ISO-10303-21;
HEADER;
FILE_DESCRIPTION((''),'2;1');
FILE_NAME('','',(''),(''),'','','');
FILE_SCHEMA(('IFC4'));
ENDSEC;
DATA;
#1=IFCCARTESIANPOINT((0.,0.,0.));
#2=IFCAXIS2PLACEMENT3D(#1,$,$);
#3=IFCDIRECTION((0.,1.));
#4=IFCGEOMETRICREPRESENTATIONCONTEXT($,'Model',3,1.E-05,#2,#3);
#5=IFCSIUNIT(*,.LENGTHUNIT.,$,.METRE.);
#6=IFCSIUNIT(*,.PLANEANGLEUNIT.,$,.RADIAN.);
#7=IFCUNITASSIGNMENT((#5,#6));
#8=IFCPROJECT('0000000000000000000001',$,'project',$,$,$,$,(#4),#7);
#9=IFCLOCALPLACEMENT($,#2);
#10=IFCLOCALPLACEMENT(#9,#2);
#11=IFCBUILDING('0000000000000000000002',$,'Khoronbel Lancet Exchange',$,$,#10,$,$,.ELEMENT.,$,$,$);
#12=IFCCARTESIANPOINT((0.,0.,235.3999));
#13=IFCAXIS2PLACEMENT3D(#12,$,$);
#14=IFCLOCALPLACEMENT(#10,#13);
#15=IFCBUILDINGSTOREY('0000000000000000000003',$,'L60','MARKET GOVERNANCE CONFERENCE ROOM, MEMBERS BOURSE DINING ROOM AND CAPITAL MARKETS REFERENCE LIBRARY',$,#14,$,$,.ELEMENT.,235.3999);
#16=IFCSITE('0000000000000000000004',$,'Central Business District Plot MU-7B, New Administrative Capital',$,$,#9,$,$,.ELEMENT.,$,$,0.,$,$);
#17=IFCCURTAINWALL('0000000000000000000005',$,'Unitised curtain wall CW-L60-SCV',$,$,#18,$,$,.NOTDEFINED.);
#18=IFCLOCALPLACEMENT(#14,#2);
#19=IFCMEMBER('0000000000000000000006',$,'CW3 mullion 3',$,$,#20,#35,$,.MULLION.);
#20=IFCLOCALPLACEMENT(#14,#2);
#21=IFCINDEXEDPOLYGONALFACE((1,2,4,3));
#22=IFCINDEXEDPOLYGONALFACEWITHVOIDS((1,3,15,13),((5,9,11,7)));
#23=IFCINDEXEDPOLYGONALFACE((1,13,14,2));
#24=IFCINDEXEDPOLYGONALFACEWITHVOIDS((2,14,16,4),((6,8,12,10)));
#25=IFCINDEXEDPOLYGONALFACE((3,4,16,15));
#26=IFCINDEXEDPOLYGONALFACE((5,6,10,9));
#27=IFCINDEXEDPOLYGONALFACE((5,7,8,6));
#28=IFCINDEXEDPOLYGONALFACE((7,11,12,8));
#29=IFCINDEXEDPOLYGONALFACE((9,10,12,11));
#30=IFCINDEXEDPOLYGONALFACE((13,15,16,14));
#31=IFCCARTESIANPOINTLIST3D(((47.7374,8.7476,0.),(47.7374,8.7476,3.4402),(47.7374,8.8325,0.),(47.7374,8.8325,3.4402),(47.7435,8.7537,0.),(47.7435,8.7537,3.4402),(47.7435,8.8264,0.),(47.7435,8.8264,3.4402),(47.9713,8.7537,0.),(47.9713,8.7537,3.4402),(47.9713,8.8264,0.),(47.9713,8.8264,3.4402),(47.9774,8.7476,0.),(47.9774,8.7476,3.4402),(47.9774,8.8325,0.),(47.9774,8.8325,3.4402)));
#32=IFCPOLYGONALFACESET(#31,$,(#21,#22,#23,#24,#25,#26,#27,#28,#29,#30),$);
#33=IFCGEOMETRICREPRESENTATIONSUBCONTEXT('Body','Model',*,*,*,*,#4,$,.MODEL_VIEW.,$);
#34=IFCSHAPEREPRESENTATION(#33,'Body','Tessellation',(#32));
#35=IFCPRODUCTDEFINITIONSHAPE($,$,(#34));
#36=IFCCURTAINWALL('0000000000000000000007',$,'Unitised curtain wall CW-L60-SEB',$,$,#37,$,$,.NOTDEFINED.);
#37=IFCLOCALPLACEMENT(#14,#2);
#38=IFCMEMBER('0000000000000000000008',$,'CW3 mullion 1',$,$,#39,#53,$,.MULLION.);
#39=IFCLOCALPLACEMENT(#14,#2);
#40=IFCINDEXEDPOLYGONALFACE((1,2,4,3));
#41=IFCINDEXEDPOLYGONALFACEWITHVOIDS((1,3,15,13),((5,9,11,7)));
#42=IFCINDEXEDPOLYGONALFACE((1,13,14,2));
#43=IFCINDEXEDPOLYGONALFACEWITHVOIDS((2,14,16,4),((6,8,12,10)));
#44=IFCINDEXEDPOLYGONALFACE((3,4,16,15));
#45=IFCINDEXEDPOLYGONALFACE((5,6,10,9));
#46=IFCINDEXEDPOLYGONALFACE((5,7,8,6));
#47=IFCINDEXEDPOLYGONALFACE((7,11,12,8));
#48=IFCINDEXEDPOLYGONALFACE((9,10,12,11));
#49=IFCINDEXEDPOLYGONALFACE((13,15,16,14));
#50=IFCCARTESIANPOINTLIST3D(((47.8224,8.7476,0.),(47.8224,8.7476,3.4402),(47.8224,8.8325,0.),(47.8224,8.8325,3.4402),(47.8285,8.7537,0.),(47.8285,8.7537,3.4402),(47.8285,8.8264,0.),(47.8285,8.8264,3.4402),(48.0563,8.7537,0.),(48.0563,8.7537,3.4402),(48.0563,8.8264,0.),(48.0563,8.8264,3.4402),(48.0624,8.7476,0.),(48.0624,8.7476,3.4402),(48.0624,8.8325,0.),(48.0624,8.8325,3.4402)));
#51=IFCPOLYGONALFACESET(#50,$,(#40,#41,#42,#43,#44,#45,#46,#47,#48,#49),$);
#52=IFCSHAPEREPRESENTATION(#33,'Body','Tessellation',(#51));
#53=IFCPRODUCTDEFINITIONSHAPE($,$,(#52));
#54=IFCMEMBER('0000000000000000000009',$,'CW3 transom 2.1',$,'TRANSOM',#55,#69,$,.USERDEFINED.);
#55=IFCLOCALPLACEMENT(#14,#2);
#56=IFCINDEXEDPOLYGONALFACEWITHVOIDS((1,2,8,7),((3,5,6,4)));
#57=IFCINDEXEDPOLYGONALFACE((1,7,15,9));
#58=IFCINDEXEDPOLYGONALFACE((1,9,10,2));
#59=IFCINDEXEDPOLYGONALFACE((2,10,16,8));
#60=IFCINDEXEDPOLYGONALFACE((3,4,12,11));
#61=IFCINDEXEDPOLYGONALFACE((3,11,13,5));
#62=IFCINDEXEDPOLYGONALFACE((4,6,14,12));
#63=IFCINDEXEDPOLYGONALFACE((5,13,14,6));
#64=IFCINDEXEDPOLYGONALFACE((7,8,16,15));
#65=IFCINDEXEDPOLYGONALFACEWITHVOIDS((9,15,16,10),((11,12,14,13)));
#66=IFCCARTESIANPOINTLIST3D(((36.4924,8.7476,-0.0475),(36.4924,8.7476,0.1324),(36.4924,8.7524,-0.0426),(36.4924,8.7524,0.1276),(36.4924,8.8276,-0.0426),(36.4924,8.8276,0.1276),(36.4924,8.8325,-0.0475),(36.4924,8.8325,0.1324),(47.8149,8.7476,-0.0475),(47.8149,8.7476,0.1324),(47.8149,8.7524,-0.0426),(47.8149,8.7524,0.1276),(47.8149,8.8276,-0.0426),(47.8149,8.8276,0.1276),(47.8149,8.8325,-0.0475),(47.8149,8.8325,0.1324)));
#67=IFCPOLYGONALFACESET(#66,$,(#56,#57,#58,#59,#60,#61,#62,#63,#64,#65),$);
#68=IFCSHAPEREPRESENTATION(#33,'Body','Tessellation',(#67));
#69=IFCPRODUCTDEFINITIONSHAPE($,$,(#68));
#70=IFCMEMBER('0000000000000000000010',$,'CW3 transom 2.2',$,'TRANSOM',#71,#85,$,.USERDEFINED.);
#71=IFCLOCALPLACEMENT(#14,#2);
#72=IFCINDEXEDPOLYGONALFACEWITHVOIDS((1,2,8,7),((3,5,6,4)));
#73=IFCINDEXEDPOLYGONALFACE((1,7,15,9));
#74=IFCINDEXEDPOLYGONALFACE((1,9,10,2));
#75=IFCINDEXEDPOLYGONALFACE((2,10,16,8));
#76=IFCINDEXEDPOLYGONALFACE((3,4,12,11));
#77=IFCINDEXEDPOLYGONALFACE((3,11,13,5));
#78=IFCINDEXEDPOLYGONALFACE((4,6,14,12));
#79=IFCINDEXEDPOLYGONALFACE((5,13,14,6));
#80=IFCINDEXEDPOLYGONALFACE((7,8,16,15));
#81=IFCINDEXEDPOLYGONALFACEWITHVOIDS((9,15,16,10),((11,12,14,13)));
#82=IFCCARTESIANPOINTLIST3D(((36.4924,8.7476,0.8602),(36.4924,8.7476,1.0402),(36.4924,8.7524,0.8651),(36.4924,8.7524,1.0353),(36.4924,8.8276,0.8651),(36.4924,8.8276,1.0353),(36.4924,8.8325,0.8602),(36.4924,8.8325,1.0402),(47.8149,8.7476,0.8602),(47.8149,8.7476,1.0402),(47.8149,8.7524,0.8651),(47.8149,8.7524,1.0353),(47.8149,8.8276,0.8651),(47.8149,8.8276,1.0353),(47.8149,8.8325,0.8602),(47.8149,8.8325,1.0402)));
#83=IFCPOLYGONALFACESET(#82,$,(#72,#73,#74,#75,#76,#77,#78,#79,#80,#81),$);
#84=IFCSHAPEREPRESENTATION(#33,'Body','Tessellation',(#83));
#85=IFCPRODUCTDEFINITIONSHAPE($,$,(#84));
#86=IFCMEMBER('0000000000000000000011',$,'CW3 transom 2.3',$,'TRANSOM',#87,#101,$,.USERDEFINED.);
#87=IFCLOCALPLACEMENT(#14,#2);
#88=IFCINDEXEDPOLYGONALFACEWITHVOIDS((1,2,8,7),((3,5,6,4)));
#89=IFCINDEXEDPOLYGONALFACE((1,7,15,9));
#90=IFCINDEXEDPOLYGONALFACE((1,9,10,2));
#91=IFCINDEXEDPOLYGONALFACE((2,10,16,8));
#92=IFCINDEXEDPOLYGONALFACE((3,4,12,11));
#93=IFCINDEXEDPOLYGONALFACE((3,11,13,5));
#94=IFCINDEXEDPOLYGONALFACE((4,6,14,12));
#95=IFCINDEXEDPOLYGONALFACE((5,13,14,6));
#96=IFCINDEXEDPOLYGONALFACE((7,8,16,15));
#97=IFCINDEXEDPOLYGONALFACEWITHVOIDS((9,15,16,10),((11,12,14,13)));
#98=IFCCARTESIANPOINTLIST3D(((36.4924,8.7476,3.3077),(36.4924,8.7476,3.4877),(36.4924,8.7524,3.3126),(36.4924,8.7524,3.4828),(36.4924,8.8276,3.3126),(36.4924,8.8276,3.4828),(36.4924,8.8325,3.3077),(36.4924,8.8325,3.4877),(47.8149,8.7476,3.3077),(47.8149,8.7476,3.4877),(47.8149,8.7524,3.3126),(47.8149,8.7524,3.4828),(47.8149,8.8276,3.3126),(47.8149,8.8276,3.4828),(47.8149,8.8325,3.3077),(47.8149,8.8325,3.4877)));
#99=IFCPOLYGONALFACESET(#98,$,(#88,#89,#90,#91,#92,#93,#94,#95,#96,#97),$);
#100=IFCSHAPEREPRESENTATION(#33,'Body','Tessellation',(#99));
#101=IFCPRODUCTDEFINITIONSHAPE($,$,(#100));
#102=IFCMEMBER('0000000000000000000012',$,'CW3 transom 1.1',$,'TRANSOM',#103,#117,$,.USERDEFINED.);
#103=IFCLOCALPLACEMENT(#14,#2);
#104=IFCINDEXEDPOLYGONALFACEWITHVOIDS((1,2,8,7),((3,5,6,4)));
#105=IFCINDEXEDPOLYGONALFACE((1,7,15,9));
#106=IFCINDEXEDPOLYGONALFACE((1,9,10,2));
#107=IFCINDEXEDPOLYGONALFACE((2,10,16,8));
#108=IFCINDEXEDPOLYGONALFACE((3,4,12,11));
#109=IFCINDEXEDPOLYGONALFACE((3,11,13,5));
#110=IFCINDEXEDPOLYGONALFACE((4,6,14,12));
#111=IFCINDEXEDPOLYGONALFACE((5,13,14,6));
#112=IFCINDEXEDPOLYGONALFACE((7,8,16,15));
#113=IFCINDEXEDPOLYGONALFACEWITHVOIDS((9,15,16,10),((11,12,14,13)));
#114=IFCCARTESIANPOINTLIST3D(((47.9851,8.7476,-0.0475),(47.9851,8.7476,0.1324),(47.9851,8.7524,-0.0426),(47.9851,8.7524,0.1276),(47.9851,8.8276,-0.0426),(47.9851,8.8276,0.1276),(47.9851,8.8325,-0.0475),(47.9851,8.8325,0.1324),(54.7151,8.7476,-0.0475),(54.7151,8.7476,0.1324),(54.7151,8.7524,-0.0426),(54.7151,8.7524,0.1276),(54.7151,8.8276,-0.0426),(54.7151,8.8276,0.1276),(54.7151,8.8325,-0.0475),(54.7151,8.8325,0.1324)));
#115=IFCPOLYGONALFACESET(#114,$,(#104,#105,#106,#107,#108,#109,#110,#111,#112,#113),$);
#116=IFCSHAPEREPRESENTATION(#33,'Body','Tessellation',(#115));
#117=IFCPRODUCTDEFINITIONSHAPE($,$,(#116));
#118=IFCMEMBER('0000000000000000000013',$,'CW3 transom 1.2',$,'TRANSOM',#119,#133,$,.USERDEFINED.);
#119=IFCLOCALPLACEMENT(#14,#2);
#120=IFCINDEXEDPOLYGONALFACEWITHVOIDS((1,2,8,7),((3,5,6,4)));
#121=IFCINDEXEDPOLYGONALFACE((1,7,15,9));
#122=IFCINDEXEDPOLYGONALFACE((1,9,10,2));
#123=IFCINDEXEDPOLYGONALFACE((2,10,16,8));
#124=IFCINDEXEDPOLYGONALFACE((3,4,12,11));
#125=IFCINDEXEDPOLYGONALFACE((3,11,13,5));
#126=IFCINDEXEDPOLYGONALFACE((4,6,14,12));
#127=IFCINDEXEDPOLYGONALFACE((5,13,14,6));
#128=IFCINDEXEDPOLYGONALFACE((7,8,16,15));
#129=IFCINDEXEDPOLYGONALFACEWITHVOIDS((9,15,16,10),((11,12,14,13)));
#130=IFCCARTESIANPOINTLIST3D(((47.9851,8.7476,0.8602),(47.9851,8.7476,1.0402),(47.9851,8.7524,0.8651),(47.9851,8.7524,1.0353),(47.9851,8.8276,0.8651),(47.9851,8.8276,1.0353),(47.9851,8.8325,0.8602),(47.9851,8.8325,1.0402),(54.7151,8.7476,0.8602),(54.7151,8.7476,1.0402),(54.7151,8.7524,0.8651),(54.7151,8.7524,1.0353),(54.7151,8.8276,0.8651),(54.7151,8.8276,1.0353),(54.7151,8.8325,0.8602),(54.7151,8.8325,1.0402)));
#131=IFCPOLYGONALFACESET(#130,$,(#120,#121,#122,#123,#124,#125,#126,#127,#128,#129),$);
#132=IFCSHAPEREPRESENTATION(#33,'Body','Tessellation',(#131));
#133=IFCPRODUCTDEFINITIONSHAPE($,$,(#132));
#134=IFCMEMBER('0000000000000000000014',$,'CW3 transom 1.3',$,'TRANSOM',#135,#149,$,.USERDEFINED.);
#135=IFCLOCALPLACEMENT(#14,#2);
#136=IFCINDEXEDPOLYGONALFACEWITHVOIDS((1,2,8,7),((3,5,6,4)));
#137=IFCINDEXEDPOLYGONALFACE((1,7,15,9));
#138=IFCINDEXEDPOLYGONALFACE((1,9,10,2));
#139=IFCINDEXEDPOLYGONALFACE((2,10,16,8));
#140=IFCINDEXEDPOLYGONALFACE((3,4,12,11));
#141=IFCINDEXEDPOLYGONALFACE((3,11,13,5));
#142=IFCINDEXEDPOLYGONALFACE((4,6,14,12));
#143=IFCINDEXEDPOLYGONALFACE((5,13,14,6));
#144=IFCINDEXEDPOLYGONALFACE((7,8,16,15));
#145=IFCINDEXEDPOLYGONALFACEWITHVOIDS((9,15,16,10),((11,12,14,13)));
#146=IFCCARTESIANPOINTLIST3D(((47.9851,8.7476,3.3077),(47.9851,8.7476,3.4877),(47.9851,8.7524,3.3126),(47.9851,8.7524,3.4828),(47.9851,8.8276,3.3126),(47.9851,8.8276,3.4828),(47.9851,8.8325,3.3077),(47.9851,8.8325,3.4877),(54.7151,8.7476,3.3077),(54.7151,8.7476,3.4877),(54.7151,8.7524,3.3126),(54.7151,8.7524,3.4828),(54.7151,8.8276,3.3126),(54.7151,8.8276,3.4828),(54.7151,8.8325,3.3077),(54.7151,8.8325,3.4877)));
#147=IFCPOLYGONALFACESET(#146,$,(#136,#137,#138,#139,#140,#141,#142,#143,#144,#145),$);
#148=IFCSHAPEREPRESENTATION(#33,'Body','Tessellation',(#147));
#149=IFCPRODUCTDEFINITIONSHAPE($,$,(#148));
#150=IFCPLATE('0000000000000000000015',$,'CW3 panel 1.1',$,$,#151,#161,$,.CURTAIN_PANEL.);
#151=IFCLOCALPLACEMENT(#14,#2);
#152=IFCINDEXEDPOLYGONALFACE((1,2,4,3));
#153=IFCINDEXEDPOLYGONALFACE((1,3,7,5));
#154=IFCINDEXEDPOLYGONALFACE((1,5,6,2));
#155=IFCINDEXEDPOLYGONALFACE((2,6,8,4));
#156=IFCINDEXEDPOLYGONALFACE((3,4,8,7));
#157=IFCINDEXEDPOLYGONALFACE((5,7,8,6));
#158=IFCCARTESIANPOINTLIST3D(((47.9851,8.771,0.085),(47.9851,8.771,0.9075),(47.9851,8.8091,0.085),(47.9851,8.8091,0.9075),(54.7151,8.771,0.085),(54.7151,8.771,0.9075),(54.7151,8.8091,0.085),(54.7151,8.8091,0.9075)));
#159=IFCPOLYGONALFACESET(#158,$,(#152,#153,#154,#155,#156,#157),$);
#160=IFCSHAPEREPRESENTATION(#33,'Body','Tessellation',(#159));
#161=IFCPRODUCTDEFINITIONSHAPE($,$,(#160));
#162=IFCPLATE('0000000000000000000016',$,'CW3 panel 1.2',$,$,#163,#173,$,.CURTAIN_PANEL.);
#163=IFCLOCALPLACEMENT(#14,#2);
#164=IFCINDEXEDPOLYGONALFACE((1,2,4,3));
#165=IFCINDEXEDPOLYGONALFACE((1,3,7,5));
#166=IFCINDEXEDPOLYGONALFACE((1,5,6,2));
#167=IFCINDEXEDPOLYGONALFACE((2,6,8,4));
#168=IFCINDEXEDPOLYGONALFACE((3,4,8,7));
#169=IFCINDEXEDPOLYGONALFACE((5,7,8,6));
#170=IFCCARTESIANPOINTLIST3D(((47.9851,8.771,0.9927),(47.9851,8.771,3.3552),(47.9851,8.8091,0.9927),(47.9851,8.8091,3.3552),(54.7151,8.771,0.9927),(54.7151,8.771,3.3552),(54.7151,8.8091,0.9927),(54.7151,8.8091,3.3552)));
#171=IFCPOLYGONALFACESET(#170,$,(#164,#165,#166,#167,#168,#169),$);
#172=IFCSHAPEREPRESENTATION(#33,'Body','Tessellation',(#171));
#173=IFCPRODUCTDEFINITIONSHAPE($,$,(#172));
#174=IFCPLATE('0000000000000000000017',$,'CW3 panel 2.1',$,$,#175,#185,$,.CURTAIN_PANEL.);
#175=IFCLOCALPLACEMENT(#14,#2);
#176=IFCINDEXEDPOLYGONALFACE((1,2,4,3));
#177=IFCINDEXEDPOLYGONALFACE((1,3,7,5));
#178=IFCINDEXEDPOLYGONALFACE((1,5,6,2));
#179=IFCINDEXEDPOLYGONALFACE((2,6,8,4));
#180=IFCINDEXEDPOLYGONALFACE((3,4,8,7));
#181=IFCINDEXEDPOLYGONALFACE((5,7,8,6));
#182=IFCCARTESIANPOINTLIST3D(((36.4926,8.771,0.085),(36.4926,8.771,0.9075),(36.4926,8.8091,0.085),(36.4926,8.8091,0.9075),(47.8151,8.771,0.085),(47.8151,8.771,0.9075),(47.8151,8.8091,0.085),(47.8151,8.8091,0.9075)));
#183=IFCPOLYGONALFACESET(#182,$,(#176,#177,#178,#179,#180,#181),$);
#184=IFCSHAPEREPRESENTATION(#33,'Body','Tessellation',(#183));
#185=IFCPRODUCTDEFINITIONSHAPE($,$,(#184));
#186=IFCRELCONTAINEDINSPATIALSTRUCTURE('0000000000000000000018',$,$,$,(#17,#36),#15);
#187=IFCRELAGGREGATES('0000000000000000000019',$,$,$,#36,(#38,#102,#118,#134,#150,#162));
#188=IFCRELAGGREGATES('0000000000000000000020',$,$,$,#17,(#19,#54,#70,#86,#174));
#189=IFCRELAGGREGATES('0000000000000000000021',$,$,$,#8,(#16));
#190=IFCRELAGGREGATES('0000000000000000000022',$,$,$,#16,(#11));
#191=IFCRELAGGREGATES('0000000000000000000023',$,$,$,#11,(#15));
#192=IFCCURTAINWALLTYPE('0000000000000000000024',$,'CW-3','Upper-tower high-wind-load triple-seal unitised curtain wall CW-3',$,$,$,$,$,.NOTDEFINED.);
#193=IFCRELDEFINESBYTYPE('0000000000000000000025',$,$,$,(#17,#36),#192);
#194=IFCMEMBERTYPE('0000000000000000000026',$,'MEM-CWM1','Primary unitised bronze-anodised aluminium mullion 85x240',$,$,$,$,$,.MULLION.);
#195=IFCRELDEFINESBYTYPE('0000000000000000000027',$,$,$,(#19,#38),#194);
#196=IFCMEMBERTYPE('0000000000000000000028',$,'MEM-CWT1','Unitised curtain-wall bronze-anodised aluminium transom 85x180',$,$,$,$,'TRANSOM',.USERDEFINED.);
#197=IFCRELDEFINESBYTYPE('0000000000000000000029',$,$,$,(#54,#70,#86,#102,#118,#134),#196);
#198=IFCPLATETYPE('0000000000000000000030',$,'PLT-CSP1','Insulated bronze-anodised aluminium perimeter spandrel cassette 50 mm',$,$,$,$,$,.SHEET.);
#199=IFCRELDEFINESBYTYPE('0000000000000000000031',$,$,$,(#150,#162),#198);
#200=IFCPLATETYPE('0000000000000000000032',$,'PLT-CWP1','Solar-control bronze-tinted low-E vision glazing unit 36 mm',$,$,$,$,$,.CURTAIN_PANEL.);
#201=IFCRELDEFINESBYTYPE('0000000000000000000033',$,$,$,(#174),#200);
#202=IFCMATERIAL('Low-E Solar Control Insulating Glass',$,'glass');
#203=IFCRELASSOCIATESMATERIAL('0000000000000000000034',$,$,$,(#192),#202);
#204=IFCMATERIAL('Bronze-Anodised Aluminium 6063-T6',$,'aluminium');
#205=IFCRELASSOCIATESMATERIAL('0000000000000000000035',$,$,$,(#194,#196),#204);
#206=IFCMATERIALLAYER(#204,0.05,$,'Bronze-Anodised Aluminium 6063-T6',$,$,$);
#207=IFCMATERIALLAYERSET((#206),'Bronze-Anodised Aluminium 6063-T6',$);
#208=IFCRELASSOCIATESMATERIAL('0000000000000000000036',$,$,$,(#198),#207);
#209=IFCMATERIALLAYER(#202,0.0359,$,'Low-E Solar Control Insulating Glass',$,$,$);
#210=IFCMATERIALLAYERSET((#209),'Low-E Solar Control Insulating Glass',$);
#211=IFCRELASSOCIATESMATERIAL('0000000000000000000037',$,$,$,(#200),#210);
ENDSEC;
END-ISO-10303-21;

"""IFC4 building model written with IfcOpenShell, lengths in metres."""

from ifc_helpers import new_model, si_unit, direction, frame, origin, origin_2d, place, context, subcontext, project, spatial, rectangle, hollow_rectangle, extrude, material, layer, layer_set, material_profile, profile_set, type_object, element, aggregate, save


model = new_model("IFC4")

# Units and contexts
model_context = context("Model", 3, precision=1e-05, world=origin(), true_north=direction((0.0, 1.0)))
body_context = subcontext(model_context, "Body", "Model", "MODEL_VIEW")
ifc_project = project(units=[si_unit("LENGTHUNIT", "METRE"), si_unit("PLANEANGLEUNIT", "RADIAN")], contexts=[model_context])

# Site, building, storey
site_placement = place(None, origin())
site = spatial("IfcSite", under=ifc_project, at=site_placement, Name="Central Business District Plot MU-7B, New Administrative Capital", CompositionType="ELEMENT", RefElevation=0.0)
building_placement = place(site_placement, origin())
building = spatial("IfcBuilding", under=site, at=building_placement, Name="Khoronbel Lancet Exchange", CompositionType="ELEMENT")
storey_placement = place(building_placement, frame((0.0, 0.0, 235.3999)))
storey = spatial("IfcBuildingStorey", under=building, at=storey_placement, Name="L60", Description="MARKET GOVERNANCE CONFERENCE ROOM, MEMBERS BOURSE DINING ROOM AND CAPITAL MARKETS REFERENCE LIBRARY", CompositionType="ELEMENT", Elevation=235.3999)

# Curtain wall, member
ifc_material_1 = material(Name="Low-E Solar Control Insulating Glass", Category="glass")
curtain_wall_type = type_object("IfcCurtainWallType", Name="CW-3", Description="Upper-tower high-wind-load triple-seal unitised curtain wall CW-3", PredefinedType="NOTDEFINED", material=ifc_material_1)
curtain_wall_1_placement = place(storey_placement, origin())
curtain_wall_1 = element("IfcCurtainWall", 1, at=curtain_wall_1_placement, inside=storey, type_object=curtain_wall_type, Name="Unitised curtain wall CW-L60-SCV", PredefinedType="NOTDEFINED")
ifc_material_2 = material(Name="Bronze-Anodised Aluminium 6063-T6", Category="aluminium")
ifc_material_profile_1 = material_profile(ifc_material_2, hollow_rectangle(XDim=0.085, YDim=0.24, WallThickness=0.0061, at=origin_2d()), Name="ALU MULLION 85x240")
ifc_profile_set_1 = profile_set([ifc_material_profile_1], Name="Bronze-Anodised Aluminium 6063-T6")
member_type_1 = type_object("IfcMemberType", Name="MEM-CWM1", Description="Primary unitised bronze-anodised aluminium mullion 85x240", PredefinedType="MULLION", material=ifc_profile_set_1)
member_1_placement = place(storey_placement, frame((47.8574, 8.79, 0.0), z_axis=(0.0, 0.0, 1.0), x_axis=(0.0, 1.0, 0.0)))
member_1 = element("IfcMember", 2, at=member_1_placement, type_object=member_type_1, Name="CW3 mullion 3", PredefinedType="MULLION", context=body_context, shape_type="SweptSolid", body=[
    extrude(hollow_rectangle(XDim=0.085, YDim=0.24, WallThickness=0.0061, at=origin_2d()), origin(), (0.0, 0.0, 1.0), 3.4402),
])

# Curtain wall, member
curtain_wall_2_placement = place(storey_placement, origin())
curtain_wall_2 = element("IfcCurtainWall", 3, at=curtain_wall_2_placement, inside=storey, type_object=curtain_wall_type, Name="Unitised curtain wall CW-L60-SEB", PredefinedType="NOTDEFINED")
member_2_placement = place(storey_placement, frame((47.9424, 8.79, 0.0), z_axis=(0.0, 0.0, 1.0), x_axis=(0.0, 1.0, 0.0)))
member_2 = element("IfcMember", 4, at=member_2_placement, type_object=member_type_1, Name="CW3 mullion 1", PredefinedType="MULLION", context=body_context, shape_type="SweptSolid", body=[
    extrude(hollow_rectangle(XDim=0.085, YDim=0.24, WallThickness=0.0061, at=origin_2d()), origin(), (0.0, 0.0, 1.0), 3.4402),
])

# Members
ifc_material_profile_2 = material_profile(ifc_material_2, hollow_rectangle(XDim=0.085, YDim=0.1799, WallThickness=0.0049, at=origin_2d()), Name="ALU TRANSOM 85x180")
ifc_profile_set_2 = profile_set([ifc_material_profile_2], Name="Bronze-Anodised Aluminium 6063-T6")
member_type_2 = type_object("IfcMemberType", Name="MEM-CWT1", Description="Unitised curtain-wall bronze-anodised aluminium transom 85x180", ElementType="TRANSOM", PredefinedType="USERDEFINED", material=ifc_profile_set_2)
member_3_placement = place(storey_placement, frame((36.4924, 8.79, 0.0425), z_axis=(1.0, 0.0, 0.0), x_axis=(0.0, 1.0, 0.0)))
member_3 = element("IfcMember", 5, at=member_3_placement, type_object=member_type_2, Name="CW3 transom 2.1", ObjectType="TRANSOM", PredefinedType="USERDEFINED", context=body_context, shape_type="SweptSolid", body=[
    extrude(hollow_rectangle(XDim=0.085, YDim=0.1799, WallThickness=0.0049, at=origin_2d()), origin(), (0.0, 0.0, 1.0), 11.3225),
])
member_4_placement = place(storey_placement, frame((36.4924, 8.79, 0.9502), z_axis=(1.0, 0.0, 0.0), x_axis=(0.0, 1.0, 0.0)))
member_4 = element("IfcMember", 6, at=member_4_placement, type_object=member_type_2, Name="CW3 transom 2.2", ObjectType="TRANSOM", PredefinedType="USERDEFINED", context=body_context, shape_type="SweptSolid", body=[
    extrude(hollow_rectangle(XDim=0.085, YDim=0.1799, WallThickness=0.0049, at=origin_2d()), origin(), (0.0, 0.0, 1.0), 11.3225),
])
member_5_placement = place(storey_placement, frame((36.4924, 8.79, 3.3977), z_axis=(1.0, 0.0, 0.0), x_axis=(0.0, 1.0, 0.0)))
member_5 = element("IfcMember", 7, at=member_5_placement, type_object=member_type_2, Name="CW3 transom 2.3", ObjectType="TRANSOM", PredefinedType="USERDEFINED", context=body_context, shape_type="SweptSolid", body=[
    extrude(hollow_rectangle(XDim=0.085, YDim=0.1799, WallThickness=0.0049, at=origin_2d()), origin(), (0.0, 0.0, 1.0), 11.3225),
])
member_6_placement = place(storey_placement, frame((47.9851, 8.79, 0.0425), z_axis=(1.0, 0.0, 0.0), x_axis=(0.0, 1.0, 0.0)))
member_6 = element("IfcMember", 8, at=member_6_placement, type_object=member_type_2, Name="CW3 transom 1.1", ObjectType="TRANSOM", PredefinedType="USERDEFINED", context=body_context, shape_type="SweptSolid", body=[
    extrude(hollow_rectangle(XDim=0.085, YDim=0.1799, WallThickness=0.0049, at=origin_2d()), origin(), (0.0, 0.0, 1.0), 6.73),
])
member_7_placement = place(storey_placement, frame((47.9851, 8.79, 0.9502), z_axis=(1.0, 0.0, 0.0), x_axis=(0.0, 1.0, 0.0)))
member_7 = element("IfcMember", 9, at=member_7_placement, type_object=member_type_2, Name="CW3 transom 1.2", ObjectType="TRANSOM", PredefinedType="USERDEFINED", context=body_context, shape_type="SweptSolid", body=[
    extrude(hollow_rectangle(XDim=0.085, YDim=0.1799, WallThickness=0.0049, at=origin_2d()), origin(), (0.0, 0.0, 1.0), 6.73),
])
member_8_placement = place(storey_placement, frame((47.9851, 8.79, 3.3977), z_axis=(1.0, 0.0, 0.0), x_axis=(0.0, 1.0, 0.0)))
member_8 = element("IfcMember", 10, at=member_8_placement, type_object=member_type_2, Name="CW3 transom 1.3", ObjectType="TRANSOM", PredefinedType="USERDEFINED", context=body_context, shape_type="SweptSolid", body=[
    extrude(hollow_rectangle(XDim=0.085, YDim=0.1799, WallThickness=0.0049, at=origin_2d()), origin(), (0.0, 0.0, 1.0), 6.73),
])

# Plates
ifc_layer_1 = layer(ifc_material_2, 0.05, Name="Bronze-Anodised Aluminium 6063-T6")
ifc_layer_set_1 = layer_set([ifc_layer_1], Name="Bronze-Anodised Aluminium 6063-T6")
plate_type_1 = type_object("IfcPlateType", Name="PLT-CSP1", Description="Insulated bronze-anodised aluminium perimeter spandrel cassette 50 mm", PredefinedType="SHEET", material=ifc_layer_set_1)
plate_1_placement = place(storey_placement, frame((51.3501, 8.79, 0.085), z_axis=(0.0, 0.0, 1.0), x_axis=(1.0, 0.0, 0.0)))
plate_1 = element("IfcPlate", 11, at=plate_1_placement, type_object=plate_type_1, Name="CW3 panel 1.1", PredefinedType="CURTAIN_PANEL", context=body_context, shape_type="SweptSolid", body=[
    extrude(rectangle(XDim=6.73, YDim=0.0381, at=origin_2d()), origin(), (0.0, 0.0, 1.0), 0.8225),
])
plate_2_placement = place(storey_placement, frame((51.3501, 8.79, 0.9927), z_axis=(0.0, 0.0, 1.0), x_axis=(1.0, 0.0, 0.0)))
plate_2 = element("IfcPlate", 12, at=plate_2_placement, type_object=plate_type_1, Name="CW3 panel 1.2", PredefinedType="CURTAIN_PANEL", context=body_context, shape_type="SweptSolid", body=[
    extrude(rectangle(XDim=6.73, YDim=0.0381, at=origin_2d()), origin(), (0.0, 0.0, 1.0), 2.3625),
])
aggregate(curtain_wall_2, [member_2, member_6, member_7, member_8, plate_1, plate_2])
ifc_layer_2 = layer(ifc_material_1, 0.0359, Name="Low-E Solar Control Insulating Glass")
ifc_layer_set_2 = layer_set([ifc_layer_2], Name="Low-E Solar Control Insulating Glass")
plate_type_2 = type_object("IfcPlateType", Name="PLT-CWP1", Description="Solar-control bronze-tinted low-E vision glazing unit 36 mm", PredefinedType="CURTAIN_PANEL", material=ifc_layer_set_2)
plate_3_placement = place(storey_placement, frame((42.1538, 8.79, 0.085), z_axis=(0.0, 0.0, 1.0), x_axis=(1.0, 0.0, 0.0)))
plate_3 = element("IfcPlate", 13, at=plate_3_placement, type_object=plate_type_2, Name="CW3 panel 2.1", PredefinedType="CURTAIN_PANEL", context=body_context, shape_type="SweptSolid", body=[
    extrude(rectangle(XDim=11.3225, YDim=0.0381, at=origin_2d()), origin(), (0.0, 0.0, 1.0), 0.8225),
])
aggregate(curtain_wall_1, [member_1, member_3, member_4, member_5, plate_3])

save(model, "model.ifc")
